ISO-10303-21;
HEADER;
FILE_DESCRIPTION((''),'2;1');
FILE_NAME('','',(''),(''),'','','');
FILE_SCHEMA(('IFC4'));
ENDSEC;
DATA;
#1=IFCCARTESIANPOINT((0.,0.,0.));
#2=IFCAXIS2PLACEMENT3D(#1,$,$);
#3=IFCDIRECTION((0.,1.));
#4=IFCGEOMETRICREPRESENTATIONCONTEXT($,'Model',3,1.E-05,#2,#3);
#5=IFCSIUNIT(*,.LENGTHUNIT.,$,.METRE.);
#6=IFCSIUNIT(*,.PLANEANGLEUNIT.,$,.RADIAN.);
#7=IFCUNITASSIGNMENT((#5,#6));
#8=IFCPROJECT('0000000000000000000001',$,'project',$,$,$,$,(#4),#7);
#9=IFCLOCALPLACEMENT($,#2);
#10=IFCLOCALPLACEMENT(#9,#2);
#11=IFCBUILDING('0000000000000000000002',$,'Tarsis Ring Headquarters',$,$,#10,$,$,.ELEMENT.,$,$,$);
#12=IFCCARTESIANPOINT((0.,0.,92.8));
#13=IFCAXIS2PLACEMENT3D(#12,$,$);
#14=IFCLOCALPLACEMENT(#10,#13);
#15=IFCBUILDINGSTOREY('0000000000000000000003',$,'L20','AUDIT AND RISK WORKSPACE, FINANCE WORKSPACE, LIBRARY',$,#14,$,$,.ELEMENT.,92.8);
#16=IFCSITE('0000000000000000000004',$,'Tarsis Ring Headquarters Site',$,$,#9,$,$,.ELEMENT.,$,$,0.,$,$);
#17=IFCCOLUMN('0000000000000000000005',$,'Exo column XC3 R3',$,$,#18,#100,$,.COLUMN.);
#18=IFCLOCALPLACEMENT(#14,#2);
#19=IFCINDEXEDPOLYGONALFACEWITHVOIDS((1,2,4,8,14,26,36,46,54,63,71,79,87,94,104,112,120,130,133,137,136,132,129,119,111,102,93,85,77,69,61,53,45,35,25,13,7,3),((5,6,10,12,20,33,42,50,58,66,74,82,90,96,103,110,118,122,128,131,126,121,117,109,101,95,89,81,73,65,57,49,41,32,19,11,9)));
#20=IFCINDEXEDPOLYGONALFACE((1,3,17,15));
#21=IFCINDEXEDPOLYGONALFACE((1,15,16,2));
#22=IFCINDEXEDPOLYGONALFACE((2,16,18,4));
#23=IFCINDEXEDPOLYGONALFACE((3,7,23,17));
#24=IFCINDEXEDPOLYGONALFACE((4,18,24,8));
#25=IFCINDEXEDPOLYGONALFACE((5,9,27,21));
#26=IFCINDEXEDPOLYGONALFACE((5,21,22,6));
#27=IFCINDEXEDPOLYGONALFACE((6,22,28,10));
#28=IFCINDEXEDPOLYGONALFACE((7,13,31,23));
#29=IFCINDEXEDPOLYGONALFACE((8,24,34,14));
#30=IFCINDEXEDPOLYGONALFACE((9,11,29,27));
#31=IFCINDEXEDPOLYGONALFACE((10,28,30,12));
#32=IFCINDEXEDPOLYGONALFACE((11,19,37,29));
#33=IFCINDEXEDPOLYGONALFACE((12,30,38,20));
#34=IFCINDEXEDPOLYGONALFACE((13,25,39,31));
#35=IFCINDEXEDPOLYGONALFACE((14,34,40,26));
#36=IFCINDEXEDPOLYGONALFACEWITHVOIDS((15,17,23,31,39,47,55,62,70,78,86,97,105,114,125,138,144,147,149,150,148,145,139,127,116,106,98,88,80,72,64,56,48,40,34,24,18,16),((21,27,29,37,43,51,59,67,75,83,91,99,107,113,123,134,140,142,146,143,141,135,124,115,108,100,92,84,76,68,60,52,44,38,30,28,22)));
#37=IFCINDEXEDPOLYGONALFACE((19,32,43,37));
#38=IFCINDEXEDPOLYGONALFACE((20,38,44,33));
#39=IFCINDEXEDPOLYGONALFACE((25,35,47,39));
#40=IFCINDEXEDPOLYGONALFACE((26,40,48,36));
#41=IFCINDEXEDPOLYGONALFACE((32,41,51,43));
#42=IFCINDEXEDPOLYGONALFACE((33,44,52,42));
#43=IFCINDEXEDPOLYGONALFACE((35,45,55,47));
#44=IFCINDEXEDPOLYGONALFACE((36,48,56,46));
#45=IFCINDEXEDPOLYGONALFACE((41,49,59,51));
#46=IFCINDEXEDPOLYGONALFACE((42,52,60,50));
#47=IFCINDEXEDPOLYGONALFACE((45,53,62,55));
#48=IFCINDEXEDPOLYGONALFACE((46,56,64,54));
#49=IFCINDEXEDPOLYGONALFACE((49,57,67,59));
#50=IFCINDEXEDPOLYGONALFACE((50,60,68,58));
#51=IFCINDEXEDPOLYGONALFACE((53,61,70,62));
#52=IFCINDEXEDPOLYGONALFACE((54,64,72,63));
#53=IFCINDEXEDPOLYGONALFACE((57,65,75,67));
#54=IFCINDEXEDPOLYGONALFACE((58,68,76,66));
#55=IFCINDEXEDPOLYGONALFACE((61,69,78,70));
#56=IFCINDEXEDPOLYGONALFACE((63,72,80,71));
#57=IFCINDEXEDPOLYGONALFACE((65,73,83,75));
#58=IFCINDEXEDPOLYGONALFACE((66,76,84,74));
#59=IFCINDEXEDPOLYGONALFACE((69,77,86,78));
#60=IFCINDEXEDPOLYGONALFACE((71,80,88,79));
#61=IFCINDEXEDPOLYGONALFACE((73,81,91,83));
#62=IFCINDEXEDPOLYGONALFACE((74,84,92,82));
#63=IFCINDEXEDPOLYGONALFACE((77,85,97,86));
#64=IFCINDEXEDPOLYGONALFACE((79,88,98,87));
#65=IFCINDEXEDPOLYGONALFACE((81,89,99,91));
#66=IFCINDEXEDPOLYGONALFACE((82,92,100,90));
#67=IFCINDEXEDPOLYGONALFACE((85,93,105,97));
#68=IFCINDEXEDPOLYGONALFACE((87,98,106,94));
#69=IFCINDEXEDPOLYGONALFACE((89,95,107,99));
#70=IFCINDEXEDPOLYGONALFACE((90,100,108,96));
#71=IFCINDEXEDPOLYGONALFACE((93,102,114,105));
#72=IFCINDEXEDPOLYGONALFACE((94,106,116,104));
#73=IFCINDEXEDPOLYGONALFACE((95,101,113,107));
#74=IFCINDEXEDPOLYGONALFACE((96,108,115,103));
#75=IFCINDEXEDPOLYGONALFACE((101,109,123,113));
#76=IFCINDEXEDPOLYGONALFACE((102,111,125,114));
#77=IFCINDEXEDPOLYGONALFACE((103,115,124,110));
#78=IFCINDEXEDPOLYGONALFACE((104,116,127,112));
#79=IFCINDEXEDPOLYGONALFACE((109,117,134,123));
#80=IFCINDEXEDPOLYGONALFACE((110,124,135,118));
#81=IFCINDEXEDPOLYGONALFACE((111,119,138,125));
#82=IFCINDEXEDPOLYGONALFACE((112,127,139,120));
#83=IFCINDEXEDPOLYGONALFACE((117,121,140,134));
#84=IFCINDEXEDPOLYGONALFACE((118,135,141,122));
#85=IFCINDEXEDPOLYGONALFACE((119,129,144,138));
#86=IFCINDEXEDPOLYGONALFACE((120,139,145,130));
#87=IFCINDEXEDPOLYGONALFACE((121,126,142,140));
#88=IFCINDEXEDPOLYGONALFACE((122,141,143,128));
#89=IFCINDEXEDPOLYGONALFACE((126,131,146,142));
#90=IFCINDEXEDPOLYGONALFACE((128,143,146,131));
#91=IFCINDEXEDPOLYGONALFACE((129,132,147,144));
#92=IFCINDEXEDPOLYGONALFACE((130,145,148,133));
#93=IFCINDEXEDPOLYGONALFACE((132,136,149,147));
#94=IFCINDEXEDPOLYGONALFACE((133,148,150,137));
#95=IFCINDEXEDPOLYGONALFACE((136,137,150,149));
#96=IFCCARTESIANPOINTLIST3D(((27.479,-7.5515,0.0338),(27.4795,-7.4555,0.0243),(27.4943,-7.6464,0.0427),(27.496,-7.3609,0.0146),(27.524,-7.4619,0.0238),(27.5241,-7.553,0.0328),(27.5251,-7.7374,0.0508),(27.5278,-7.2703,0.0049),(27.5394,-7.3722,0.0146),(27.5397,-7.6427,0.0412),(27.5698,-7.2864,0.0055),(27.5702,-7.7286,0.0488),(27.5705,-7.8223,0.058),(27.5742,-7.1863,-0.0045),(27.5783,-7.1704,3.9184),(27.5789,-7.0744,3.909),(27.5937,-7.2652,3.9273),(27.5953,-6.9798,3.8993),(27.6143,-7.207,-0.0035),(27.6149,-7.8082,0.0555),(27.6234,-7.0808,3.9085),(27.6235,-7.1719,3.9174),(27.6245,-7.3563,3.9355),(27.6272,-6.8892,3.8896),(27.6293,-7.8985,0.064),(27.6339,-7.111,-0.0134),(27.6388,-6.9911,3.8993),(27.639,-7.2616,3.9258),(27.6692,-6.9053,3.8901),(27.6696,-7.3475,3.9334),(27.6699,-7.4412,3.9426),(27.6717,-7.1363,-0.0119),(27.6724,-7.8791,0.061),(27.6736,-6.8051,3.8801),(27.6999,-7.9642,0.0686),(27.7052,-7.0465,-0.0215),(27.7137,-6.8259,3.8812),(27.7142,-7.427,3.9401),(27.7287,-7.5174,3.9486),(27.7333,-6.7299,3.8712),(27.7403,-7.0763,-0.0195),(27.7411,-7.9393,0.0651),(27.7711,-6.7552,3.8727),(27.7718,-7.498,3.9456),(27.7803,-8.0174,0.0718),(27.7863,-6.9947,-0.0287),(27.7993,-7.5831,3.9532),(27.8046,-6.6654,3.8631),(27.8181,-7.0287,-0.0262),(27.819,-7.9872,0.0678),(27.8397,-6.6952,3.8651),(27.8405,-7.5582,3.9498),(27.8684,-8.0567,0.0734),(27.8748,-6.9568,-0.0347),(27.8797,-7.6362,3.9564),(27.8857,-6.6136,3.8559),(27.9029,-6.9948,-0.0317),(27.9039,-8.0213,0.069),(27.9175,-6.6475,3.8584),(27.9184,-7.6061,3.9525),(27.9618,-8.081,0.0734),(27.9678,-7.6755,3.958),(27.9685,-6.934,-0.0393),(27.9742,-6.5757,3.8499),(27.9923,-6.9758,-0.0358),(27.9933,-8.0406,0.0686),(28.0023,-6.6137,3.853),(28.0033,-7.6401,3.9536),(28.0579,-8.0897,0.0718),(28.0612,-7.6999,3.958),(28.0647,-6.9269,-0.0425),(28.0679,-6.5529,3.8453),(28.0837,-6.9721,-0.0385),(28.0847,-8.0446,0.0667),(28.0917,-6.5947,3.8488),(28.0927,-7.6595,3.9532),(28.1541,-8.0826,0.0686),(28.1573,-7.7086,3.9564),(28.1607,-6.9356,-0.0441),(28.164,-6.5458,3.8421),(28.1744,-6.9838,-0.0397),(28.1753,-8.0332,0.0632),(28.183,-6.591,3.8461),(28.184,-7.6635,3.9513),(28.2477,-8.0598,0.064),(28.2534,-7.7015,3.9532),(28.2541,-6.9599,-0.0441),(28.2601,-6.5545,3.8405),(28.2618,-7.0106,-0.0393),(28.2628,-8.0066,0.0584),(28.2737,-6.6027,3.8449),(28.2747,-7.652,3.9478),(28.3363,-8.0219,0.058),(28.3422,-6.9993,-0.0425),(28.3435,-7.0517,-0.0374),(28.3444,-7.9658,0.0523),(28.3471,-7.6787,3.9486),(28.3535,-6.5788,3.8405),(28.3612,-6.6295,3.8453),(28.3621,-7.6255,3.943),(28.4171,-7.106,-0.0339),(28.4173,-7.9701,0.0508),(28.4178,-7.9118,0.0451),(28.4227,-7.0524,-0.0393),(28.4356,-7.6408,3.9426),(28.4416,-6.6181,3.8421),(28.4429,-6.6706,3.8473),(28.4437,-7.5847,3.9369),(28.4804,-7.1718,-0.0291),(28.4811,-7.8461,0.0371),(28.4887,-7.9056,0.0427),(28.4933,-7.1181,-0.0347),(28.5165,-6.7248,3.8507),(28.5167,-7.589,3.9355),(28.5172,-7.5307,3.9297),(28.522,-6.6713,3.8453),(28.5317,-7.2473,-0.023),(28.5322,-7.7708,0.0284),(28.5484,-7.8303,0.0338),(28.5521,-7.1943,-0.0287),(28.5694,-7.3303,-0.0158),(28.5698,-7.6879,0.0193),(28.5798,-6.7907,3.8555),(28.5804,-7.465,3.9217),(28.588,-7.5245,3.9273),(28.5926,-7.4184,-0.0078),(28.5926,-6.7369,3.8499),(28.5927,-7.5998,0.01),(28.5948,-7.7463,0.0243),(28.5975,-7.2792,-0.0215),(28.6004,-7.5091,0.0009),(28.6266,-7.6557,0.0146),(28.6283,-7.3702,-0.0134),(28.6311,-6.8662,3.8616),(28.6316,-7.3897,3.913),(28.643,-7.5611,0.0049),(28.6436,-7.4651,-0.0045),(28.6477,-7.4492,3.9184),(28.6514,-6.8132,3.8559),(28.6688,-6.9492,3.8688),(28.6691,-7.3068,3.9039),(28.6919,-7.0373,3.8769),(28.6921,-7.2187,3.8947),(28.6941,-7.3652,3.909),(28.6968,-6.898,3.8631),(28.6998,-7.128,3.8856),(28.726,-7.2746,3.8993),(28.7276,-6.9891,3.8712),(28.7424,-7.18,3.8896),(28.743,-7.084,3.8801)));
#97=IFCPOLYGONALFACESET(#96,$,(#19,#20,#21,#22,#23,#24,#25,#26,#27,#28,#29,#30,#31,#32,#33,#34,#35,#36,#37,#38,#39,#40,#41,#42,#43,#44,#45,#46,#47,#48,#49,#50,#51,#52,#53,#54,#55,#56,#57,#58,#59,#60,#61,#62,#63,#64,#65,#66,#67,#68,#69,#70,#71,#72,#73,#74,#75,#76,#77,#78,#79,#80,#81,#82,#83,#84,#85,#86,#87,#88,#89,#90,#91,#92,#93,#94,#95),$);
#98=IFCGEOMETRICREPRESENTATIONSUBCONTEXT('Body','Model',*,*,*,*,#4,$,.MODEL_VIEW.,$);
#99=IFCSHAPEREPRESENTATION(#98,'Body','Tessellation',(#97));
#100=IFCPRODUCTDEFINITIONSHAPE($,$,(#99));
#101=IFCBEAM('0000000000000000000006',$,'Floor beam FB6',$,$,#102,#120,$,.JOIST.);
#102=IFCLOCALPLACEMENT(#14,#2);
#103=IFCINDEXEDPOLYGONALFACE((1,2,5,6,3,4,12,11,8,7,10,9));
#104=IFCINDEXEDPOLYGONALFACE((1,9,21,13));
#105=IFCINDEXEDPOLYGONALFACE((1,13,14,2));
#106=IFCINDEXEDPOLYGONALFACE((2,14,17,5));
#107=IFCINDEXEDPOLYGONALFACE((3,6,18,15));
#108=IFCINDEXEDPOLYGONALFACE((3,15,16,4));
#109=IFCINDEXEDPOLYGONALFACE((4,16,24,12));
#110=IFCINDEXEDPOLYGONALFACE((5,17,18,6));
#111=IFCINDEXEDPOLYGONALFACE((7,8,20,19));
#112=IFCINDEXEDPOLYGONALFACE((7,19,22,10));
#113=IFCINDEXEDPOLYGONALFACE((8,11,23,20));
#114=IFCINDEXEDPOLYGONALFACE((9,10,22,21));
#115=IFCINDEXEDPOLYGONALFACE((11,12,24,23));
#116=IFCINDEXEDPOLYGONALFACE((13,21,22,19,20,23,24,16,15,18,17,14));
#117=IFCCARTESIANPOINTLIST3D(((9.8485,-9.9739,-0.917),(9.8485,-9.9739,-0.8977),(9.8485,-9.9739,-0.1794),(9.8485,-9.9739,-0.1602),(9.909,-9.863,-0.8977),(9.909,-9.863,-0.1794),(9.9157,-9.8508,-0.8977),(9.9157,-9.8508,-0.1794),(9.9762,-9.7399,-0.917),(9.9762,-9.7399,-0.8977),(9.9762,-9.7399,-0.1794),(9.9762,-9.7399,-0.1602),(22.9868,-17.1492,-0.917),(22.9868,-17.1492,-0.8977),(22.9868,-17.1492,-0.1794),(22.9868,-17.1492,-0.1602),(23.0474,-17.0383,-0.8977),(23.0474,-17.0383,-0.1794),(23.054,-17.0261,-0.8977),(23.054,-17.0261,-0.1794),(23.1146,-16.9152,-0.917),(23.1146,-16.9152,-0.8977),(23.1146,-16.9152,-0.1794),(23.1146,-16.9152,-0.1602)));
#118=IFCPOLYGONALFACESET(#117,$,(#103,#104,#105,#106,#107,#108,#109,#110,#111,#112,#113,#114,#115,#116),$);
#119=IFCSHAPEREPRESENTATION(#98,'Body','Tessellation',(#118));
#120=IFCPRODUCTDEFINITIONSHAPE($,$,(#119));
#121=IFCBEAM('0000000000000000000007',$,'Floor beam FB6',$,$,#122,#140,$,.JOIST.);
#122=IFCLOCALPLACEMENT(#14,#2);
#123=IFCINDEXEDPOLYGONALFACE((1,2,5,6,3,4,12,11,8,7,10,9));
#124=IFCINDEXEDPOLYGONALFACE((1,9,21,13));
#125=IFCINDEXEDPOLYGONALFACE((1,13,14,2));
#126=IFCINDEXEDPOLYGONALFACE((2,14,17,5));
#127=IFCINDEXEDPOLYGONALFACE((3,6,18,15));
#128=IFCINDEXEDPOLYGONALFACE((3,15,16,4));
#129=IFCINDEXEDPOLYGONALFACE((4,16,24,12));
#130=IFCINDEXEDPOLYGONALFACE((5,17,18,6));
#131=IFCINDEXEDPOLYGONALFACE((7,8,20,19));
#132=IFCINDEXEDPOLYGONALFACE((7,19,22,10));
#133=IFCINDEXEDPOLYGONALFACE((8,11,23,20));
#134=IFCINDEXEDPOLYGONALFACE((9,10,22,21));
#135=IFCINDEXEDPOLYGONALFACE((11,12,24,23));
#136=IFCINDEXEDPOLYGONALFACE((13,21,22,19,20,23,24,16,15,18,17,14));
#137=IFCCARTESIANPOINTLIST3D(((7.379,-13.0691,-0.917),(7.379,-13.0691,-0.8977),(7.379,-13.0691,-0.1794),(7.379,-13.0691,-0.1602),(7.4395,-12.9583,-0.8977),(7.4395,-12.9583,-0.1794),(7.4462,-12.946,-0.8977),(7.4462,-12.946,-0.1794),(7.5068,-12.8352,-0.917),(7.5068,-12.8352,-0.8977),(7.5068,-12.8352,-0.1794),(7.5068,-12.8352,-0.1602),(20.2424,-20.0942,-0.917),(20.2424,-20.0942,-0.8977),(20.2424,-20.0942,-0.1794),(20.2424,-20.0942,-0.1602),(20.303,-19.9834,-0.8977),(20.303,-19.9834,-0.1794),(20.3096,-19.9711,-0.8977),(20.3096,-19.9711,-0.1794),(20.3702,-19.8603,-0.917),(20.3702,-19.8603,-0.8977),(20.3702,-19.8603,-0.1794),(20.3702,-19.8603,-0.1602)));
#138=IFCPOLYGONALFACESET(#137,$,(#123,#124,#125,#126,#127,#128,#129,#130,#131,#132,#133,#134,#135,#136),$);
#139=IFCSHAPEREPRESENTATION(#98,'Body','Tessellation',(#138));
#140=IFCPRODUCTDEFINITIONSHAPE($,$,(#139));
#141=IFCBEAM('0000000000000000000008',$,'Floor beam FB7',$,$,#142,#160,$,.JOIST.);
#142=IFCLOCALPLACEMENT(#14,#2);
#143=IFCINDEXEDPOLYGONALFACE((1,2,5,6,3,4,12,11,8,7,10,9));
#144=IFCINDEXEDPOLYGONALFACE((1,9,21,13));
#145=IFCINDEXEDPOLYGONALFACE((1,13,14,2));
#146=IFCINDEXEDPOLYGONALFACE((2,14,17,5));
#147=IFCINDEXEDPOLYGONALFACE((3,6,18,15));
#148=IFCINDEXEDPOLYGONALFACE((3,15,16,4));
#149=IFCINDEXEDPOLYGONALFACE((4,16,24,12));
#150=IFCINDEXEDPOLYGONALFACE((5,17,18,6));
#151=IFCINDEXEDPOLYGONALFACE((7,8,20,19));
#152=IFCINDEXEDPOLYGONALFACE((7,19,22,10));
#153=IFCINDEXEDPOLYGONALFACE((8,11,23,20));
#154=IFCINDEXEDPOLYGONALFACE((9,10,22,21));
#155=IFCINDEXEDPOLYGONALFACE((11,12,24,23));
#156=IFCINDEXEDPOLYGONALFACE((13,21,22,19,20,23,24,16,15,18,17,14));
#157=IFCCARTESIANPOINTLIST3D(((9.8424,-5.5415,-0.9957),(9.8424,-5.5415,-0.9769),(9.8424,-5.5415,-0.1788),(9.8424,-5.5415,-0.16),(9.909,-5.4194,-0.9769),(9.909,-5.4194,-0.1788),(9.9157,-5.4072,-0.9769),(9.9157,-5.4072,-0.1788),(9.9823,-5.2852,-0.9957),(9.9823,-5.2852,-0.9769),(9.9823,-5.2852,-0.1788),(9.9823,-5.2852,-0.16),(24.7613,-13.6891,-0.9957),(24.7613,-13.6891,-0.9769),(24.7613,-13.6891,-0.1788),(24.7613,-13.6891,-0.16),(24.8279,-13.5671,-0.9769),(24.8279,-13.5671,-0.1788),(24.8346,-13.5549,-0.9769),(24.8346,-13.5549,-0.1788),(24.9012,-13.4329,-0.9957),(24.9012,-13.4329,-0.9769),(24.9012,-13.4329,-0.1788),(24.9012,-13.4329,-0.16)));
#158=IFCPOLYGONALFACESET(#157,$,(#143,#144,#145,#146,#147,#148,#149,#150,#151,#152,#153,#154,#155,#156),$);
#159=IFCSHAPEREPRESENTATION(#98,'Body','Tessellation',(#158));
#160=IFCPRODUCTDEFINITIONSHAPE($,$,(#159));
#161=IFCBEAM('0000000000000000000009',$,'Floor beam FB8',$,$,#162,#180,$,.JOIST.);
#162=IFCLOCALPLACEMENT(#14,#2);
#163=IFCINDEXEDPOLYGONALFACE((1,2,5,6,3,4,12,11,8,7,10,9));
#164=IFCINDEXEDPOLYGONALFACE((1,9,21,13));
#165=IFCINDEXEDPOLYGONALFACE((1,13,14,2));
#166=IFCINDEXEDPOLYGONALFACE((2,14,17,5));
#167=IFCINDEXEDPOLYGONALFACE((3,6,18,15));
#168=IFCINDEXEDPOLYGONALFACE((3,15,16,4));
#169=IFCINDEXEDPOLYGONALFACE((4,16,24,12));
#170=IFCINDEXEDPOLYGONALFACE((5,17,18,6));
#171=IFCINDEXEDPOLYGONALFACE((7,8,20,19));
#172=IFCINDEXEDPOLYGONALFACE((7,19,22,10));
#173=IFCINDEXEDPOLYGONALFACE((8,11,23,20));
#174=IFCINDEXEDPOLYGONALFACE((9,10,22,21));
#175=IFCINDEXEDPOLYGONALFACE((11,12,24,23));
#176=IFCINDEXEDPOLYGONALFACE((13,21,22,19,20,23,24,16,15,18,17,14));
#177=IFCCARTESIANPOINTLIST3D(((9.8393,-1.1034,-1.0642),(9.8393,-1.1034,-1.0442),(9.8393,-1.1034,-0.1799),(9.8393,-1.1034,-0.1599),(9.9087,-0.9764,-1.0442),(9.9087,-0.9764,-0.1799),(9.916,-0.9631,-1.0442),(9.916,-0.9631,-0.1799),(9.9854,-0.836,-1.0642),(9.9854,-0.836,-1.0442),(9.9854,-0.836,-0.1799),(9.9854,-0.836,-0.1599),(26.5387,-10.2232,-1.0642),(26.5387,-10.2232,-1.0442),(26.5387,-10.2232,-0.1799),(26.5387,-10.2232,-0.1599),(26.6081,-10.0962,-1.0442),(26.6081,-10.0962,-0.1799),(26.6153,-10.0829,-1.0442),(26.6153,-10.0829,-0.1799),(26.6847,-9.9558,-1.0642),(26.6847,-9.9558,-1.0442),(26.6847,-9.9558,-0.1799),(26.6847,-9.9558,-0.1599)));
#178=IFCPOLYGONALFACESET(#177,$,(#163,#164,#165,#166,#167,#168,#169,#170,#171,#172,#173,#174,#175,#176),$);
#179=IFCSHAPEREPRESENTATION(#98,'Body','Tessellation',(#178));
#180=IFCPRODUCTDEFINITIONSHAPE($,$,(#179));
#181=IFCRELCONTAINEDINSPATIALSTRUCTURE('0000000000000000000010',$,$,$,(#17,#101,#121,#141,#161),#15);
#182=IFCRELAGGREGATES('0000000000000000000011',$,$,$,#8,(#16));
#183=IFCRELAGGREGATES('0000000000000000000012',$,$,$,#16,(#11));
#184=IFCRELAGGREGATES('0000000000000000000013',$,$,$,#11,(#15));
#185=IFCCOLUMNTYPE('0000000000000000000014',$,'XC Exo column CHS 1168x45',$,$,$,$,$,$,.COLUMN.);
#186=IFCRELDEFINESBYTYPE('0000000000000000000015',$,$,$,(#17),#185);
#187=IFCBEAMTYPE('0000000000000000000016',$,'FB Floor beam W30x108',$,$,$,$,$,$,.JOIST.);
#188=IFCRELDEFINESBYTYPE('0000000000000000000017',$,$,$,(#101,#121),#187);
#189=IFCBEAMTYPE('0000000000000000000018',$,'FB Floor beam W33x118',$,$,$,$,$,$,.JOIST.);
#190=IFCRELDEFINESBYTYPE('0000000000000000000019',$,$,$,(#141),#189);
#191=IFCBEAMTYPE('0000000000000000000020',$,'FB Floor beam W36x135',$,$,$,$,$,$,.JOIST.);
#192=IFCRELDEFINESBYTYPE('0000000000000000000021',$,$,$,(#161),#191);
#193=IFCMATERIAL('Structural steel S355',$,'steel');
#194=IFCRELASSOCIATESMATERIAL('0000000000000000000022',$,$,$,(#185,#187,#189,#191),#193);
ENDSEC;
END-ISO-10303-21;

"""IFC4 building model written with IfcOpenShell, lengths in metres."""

from ifc_helpers import new_model, si_unit, direction, frame, origin, origin_2d, place, context, subcontext, project, spatial, hollow_circle, i_section, extrude, material, material_profile, profile_set, type_object, element, save


model = new_model("IFC4")

# Units and contexts
model_context = context("Model", 3, precision=1e-05, world=origin(), true_north=direction((0.0, 1.0)))
body_context = subcontext(model_context, "Body", "Model", "MODEL_VIEW")
ifc_project = project(units=[si_unit("LENGTHUNIT", "METRE"), si_unit("PLANEANGLEUNIT", "RADIAN")], contexts=[model_context])

# Site, building, storey
site_placement = place(None, origin())
site = spatial("IfcSite", under=ifc_project, at=site_placement, Name="Tarsis Ring Headquarters Site", CompositionType="ELEMENT", RefElevation=0.0)
building_placement = place(site_placement, origin())
building = spatial("IfcBuilding", under=site, at=building_placement, Name="Tarsis Ring Headquarters", CompositionType="ELEMENT")
storey_placement = place(building_placement, frame((0.0, 0.0, 92.8)))
storey = spatial("IfcBuildingStorey", under=building, at=storey_placement, Name="L20", Description="AUDIT AND RISK WORKSPACE, FINANCE WORKSPACE, LIBRARY", CompositionType="ELEMENT", Elevation=92.8)

# Column
ifc_material_1 = material(Name="Structural steel S355", Category="steel")
ifc_material_profile_1 = material_profile(ifc_material_1, hollow_circle(Radius=0.5842, WallThickness=0.0449, at=origin_2d()), Name="CHS 1168x45")
ifc_profile_set_1 = profile_set([ifc_material_profile_1], Name="Structural steel S355")
column_type = type_object("IfcColumnType", Name="XC Exo column CHS 1168x45", PredefinedType="COLUMN", material=ifc_profile_set_1)
column_placement = place(storey_placement, frame((28.0613, -7.5083, 0.0146), z_axis=(0.025449, 0.097608, 0.9949), x_axis=(-0.96765, 0.252296, 0.0)))
element("IfcColumn", 1, at=column_placement, inside=storey, type_object=column_type, Name="Exo column XC3 R3", PredefinedType="COLUMN", context=body_context, shape_type="SweptSolid", body=[
    extrude(hollow_circle(Radius=0.5842, WallThickness=0.0449, at=origin_2d()), origin(), (0.0, 0.0, 1.0), 3.9045),
])

# Beams
ifc_material_profile_2 = material_profile(ifc_material_1, i_section(OverallWidth=0.2666, OverallDepth=0.7568, WebThickness=0.0139, FlangeThickness=0.0193, at=origin_2d()), Name="W30x108")
ifc_profile_set_2 = profile_set([ifc_material_profile_2], Name="Structural steel S355")
beam_type_1 = type_object("IfcBeamType", Name="FB Floor beam W30x108", PredefinedType="JOIST", material=ifc_profile_set_2)
beam_1_placement = place(storey_placement, frame((9.9124, -9.8569, -0.5386), z_axis=(0.877646, -0.479309, 0.0), x_axis=(0.479309, 0.877646, 0.0)))
element("IfcBeam", 2, at=beam_1_placement, inside=storey, type_object=beam_type_1, Name="Floor beam FB6", PredefinedType="JOIST", context=body_context, shape_type="SweptSolid", body=[
    extrude(i_section(OverallWidth=0.2666, OverallDepth=0.7568, WebThickness=0.0139, FlangeThickness=0.0193, at=origin_2d()), origin(), (0.0, 0.0, 1.0), 14.97),
])
beam_2_placement = place(storey_placement, frame((7.4429, -12.9521, -0.5386), z_axis=(0.877647, -0.479308, 0.0), x_axis=(0.479308, 0.877647, 0.0)))
element("IfcBeam", 3, at=beam_2_placement, inside=storey, type_object=beam_type_1, Name="Floor beam FB6", PredefinedType="JOIST", context=body_context, shape_type="SweptSolid", body=[
    extrude(i_section(OverallWidth=0.2666, OverallDepth=0.7568, WebThickness=0.0139, FlangeThickness=0.0193, at=origin_2d()), origin(), (0.0, 0.0, 1.0), 14.6567),
])
ifc_material_profile_3 = material_profile(ifc_material_1, i_section(OverallWidth=0.292, OverallDepth=0.8357, WebThickness=0.0139, FlangeThickness=0.0188, at=origin_2d()), Name="W33x118")
ifc_profile_set_3 = profile_set([ifc_material_profile_3], Name="Structural steel S355")
beam_type_2 = type_object("IfcBeamType", Name="FB Floor beam W33x118", PredefinedType="JOIST", material=ifc_profile_set_3)
beam_3_placement = place(storey_placement, frame((9.9124, -5.4133, -0.5779), z_axis=(0.877646, -0.47931, 0.0), x_axis=(0.47931, 0.877646, 0.0)))
element("IfcBeam", 4, at=beam_3_placement, inside=storey, type_object=beam_type_2, Name="Floor beam FB7", PredefinedType="JOIST", context=body_context, shape_type="SweptSolid", body=[
    extrude(i_section(OverallWidth=0.292, OverallDepth=0.8357, WebThickness=0.0139, FlangeThickness=0.0188, at=origin_2d()), origin(), (0.0, 0.0, 1.0), 16.9988),
])
ifc_material_profile_4 = material_profile(ifc_material_1, i_section(OverallWidth=0.3047, OverallDepth=0.9043, WebThickness=0.0151, FlangeThickness=0.02, at=origin_2d()), Name="W36x135")
ifc_profile_set_4 = profile_set([ifc_material_profile_4], Name="Structural steel S355")
beam_type_3 = type_object("IfcBeamType", Name="FB Floor beam W36x135", PredefinedType="JOIST", material=ifc_profile_set_4)
beam_4_placement = place(storey_placement, frame((9.9124, -0.9697, -0.6121), z_axis=(0.877651, -0.479301, 0.0), x_axis=(0.479301, 0.877651, 0.0)))
element("IfcBeam", 5, at=beam_4_placement, inside=storey, type_object=beam_type_3, Name="Floor beam FB8", PredefinedType="JOIST", context=body_context, shape_type="SweptSolid", body=[
    extrude(i_section(OverallWidth=0.3047, OverallDepth=0.9043, WebThickness=0.0151, FlangeThickness=0.02, at=origin_2d()), origin(), (0.0, 0.0, 1.0), 19.0273),
])

save(model, "model.ifc")
